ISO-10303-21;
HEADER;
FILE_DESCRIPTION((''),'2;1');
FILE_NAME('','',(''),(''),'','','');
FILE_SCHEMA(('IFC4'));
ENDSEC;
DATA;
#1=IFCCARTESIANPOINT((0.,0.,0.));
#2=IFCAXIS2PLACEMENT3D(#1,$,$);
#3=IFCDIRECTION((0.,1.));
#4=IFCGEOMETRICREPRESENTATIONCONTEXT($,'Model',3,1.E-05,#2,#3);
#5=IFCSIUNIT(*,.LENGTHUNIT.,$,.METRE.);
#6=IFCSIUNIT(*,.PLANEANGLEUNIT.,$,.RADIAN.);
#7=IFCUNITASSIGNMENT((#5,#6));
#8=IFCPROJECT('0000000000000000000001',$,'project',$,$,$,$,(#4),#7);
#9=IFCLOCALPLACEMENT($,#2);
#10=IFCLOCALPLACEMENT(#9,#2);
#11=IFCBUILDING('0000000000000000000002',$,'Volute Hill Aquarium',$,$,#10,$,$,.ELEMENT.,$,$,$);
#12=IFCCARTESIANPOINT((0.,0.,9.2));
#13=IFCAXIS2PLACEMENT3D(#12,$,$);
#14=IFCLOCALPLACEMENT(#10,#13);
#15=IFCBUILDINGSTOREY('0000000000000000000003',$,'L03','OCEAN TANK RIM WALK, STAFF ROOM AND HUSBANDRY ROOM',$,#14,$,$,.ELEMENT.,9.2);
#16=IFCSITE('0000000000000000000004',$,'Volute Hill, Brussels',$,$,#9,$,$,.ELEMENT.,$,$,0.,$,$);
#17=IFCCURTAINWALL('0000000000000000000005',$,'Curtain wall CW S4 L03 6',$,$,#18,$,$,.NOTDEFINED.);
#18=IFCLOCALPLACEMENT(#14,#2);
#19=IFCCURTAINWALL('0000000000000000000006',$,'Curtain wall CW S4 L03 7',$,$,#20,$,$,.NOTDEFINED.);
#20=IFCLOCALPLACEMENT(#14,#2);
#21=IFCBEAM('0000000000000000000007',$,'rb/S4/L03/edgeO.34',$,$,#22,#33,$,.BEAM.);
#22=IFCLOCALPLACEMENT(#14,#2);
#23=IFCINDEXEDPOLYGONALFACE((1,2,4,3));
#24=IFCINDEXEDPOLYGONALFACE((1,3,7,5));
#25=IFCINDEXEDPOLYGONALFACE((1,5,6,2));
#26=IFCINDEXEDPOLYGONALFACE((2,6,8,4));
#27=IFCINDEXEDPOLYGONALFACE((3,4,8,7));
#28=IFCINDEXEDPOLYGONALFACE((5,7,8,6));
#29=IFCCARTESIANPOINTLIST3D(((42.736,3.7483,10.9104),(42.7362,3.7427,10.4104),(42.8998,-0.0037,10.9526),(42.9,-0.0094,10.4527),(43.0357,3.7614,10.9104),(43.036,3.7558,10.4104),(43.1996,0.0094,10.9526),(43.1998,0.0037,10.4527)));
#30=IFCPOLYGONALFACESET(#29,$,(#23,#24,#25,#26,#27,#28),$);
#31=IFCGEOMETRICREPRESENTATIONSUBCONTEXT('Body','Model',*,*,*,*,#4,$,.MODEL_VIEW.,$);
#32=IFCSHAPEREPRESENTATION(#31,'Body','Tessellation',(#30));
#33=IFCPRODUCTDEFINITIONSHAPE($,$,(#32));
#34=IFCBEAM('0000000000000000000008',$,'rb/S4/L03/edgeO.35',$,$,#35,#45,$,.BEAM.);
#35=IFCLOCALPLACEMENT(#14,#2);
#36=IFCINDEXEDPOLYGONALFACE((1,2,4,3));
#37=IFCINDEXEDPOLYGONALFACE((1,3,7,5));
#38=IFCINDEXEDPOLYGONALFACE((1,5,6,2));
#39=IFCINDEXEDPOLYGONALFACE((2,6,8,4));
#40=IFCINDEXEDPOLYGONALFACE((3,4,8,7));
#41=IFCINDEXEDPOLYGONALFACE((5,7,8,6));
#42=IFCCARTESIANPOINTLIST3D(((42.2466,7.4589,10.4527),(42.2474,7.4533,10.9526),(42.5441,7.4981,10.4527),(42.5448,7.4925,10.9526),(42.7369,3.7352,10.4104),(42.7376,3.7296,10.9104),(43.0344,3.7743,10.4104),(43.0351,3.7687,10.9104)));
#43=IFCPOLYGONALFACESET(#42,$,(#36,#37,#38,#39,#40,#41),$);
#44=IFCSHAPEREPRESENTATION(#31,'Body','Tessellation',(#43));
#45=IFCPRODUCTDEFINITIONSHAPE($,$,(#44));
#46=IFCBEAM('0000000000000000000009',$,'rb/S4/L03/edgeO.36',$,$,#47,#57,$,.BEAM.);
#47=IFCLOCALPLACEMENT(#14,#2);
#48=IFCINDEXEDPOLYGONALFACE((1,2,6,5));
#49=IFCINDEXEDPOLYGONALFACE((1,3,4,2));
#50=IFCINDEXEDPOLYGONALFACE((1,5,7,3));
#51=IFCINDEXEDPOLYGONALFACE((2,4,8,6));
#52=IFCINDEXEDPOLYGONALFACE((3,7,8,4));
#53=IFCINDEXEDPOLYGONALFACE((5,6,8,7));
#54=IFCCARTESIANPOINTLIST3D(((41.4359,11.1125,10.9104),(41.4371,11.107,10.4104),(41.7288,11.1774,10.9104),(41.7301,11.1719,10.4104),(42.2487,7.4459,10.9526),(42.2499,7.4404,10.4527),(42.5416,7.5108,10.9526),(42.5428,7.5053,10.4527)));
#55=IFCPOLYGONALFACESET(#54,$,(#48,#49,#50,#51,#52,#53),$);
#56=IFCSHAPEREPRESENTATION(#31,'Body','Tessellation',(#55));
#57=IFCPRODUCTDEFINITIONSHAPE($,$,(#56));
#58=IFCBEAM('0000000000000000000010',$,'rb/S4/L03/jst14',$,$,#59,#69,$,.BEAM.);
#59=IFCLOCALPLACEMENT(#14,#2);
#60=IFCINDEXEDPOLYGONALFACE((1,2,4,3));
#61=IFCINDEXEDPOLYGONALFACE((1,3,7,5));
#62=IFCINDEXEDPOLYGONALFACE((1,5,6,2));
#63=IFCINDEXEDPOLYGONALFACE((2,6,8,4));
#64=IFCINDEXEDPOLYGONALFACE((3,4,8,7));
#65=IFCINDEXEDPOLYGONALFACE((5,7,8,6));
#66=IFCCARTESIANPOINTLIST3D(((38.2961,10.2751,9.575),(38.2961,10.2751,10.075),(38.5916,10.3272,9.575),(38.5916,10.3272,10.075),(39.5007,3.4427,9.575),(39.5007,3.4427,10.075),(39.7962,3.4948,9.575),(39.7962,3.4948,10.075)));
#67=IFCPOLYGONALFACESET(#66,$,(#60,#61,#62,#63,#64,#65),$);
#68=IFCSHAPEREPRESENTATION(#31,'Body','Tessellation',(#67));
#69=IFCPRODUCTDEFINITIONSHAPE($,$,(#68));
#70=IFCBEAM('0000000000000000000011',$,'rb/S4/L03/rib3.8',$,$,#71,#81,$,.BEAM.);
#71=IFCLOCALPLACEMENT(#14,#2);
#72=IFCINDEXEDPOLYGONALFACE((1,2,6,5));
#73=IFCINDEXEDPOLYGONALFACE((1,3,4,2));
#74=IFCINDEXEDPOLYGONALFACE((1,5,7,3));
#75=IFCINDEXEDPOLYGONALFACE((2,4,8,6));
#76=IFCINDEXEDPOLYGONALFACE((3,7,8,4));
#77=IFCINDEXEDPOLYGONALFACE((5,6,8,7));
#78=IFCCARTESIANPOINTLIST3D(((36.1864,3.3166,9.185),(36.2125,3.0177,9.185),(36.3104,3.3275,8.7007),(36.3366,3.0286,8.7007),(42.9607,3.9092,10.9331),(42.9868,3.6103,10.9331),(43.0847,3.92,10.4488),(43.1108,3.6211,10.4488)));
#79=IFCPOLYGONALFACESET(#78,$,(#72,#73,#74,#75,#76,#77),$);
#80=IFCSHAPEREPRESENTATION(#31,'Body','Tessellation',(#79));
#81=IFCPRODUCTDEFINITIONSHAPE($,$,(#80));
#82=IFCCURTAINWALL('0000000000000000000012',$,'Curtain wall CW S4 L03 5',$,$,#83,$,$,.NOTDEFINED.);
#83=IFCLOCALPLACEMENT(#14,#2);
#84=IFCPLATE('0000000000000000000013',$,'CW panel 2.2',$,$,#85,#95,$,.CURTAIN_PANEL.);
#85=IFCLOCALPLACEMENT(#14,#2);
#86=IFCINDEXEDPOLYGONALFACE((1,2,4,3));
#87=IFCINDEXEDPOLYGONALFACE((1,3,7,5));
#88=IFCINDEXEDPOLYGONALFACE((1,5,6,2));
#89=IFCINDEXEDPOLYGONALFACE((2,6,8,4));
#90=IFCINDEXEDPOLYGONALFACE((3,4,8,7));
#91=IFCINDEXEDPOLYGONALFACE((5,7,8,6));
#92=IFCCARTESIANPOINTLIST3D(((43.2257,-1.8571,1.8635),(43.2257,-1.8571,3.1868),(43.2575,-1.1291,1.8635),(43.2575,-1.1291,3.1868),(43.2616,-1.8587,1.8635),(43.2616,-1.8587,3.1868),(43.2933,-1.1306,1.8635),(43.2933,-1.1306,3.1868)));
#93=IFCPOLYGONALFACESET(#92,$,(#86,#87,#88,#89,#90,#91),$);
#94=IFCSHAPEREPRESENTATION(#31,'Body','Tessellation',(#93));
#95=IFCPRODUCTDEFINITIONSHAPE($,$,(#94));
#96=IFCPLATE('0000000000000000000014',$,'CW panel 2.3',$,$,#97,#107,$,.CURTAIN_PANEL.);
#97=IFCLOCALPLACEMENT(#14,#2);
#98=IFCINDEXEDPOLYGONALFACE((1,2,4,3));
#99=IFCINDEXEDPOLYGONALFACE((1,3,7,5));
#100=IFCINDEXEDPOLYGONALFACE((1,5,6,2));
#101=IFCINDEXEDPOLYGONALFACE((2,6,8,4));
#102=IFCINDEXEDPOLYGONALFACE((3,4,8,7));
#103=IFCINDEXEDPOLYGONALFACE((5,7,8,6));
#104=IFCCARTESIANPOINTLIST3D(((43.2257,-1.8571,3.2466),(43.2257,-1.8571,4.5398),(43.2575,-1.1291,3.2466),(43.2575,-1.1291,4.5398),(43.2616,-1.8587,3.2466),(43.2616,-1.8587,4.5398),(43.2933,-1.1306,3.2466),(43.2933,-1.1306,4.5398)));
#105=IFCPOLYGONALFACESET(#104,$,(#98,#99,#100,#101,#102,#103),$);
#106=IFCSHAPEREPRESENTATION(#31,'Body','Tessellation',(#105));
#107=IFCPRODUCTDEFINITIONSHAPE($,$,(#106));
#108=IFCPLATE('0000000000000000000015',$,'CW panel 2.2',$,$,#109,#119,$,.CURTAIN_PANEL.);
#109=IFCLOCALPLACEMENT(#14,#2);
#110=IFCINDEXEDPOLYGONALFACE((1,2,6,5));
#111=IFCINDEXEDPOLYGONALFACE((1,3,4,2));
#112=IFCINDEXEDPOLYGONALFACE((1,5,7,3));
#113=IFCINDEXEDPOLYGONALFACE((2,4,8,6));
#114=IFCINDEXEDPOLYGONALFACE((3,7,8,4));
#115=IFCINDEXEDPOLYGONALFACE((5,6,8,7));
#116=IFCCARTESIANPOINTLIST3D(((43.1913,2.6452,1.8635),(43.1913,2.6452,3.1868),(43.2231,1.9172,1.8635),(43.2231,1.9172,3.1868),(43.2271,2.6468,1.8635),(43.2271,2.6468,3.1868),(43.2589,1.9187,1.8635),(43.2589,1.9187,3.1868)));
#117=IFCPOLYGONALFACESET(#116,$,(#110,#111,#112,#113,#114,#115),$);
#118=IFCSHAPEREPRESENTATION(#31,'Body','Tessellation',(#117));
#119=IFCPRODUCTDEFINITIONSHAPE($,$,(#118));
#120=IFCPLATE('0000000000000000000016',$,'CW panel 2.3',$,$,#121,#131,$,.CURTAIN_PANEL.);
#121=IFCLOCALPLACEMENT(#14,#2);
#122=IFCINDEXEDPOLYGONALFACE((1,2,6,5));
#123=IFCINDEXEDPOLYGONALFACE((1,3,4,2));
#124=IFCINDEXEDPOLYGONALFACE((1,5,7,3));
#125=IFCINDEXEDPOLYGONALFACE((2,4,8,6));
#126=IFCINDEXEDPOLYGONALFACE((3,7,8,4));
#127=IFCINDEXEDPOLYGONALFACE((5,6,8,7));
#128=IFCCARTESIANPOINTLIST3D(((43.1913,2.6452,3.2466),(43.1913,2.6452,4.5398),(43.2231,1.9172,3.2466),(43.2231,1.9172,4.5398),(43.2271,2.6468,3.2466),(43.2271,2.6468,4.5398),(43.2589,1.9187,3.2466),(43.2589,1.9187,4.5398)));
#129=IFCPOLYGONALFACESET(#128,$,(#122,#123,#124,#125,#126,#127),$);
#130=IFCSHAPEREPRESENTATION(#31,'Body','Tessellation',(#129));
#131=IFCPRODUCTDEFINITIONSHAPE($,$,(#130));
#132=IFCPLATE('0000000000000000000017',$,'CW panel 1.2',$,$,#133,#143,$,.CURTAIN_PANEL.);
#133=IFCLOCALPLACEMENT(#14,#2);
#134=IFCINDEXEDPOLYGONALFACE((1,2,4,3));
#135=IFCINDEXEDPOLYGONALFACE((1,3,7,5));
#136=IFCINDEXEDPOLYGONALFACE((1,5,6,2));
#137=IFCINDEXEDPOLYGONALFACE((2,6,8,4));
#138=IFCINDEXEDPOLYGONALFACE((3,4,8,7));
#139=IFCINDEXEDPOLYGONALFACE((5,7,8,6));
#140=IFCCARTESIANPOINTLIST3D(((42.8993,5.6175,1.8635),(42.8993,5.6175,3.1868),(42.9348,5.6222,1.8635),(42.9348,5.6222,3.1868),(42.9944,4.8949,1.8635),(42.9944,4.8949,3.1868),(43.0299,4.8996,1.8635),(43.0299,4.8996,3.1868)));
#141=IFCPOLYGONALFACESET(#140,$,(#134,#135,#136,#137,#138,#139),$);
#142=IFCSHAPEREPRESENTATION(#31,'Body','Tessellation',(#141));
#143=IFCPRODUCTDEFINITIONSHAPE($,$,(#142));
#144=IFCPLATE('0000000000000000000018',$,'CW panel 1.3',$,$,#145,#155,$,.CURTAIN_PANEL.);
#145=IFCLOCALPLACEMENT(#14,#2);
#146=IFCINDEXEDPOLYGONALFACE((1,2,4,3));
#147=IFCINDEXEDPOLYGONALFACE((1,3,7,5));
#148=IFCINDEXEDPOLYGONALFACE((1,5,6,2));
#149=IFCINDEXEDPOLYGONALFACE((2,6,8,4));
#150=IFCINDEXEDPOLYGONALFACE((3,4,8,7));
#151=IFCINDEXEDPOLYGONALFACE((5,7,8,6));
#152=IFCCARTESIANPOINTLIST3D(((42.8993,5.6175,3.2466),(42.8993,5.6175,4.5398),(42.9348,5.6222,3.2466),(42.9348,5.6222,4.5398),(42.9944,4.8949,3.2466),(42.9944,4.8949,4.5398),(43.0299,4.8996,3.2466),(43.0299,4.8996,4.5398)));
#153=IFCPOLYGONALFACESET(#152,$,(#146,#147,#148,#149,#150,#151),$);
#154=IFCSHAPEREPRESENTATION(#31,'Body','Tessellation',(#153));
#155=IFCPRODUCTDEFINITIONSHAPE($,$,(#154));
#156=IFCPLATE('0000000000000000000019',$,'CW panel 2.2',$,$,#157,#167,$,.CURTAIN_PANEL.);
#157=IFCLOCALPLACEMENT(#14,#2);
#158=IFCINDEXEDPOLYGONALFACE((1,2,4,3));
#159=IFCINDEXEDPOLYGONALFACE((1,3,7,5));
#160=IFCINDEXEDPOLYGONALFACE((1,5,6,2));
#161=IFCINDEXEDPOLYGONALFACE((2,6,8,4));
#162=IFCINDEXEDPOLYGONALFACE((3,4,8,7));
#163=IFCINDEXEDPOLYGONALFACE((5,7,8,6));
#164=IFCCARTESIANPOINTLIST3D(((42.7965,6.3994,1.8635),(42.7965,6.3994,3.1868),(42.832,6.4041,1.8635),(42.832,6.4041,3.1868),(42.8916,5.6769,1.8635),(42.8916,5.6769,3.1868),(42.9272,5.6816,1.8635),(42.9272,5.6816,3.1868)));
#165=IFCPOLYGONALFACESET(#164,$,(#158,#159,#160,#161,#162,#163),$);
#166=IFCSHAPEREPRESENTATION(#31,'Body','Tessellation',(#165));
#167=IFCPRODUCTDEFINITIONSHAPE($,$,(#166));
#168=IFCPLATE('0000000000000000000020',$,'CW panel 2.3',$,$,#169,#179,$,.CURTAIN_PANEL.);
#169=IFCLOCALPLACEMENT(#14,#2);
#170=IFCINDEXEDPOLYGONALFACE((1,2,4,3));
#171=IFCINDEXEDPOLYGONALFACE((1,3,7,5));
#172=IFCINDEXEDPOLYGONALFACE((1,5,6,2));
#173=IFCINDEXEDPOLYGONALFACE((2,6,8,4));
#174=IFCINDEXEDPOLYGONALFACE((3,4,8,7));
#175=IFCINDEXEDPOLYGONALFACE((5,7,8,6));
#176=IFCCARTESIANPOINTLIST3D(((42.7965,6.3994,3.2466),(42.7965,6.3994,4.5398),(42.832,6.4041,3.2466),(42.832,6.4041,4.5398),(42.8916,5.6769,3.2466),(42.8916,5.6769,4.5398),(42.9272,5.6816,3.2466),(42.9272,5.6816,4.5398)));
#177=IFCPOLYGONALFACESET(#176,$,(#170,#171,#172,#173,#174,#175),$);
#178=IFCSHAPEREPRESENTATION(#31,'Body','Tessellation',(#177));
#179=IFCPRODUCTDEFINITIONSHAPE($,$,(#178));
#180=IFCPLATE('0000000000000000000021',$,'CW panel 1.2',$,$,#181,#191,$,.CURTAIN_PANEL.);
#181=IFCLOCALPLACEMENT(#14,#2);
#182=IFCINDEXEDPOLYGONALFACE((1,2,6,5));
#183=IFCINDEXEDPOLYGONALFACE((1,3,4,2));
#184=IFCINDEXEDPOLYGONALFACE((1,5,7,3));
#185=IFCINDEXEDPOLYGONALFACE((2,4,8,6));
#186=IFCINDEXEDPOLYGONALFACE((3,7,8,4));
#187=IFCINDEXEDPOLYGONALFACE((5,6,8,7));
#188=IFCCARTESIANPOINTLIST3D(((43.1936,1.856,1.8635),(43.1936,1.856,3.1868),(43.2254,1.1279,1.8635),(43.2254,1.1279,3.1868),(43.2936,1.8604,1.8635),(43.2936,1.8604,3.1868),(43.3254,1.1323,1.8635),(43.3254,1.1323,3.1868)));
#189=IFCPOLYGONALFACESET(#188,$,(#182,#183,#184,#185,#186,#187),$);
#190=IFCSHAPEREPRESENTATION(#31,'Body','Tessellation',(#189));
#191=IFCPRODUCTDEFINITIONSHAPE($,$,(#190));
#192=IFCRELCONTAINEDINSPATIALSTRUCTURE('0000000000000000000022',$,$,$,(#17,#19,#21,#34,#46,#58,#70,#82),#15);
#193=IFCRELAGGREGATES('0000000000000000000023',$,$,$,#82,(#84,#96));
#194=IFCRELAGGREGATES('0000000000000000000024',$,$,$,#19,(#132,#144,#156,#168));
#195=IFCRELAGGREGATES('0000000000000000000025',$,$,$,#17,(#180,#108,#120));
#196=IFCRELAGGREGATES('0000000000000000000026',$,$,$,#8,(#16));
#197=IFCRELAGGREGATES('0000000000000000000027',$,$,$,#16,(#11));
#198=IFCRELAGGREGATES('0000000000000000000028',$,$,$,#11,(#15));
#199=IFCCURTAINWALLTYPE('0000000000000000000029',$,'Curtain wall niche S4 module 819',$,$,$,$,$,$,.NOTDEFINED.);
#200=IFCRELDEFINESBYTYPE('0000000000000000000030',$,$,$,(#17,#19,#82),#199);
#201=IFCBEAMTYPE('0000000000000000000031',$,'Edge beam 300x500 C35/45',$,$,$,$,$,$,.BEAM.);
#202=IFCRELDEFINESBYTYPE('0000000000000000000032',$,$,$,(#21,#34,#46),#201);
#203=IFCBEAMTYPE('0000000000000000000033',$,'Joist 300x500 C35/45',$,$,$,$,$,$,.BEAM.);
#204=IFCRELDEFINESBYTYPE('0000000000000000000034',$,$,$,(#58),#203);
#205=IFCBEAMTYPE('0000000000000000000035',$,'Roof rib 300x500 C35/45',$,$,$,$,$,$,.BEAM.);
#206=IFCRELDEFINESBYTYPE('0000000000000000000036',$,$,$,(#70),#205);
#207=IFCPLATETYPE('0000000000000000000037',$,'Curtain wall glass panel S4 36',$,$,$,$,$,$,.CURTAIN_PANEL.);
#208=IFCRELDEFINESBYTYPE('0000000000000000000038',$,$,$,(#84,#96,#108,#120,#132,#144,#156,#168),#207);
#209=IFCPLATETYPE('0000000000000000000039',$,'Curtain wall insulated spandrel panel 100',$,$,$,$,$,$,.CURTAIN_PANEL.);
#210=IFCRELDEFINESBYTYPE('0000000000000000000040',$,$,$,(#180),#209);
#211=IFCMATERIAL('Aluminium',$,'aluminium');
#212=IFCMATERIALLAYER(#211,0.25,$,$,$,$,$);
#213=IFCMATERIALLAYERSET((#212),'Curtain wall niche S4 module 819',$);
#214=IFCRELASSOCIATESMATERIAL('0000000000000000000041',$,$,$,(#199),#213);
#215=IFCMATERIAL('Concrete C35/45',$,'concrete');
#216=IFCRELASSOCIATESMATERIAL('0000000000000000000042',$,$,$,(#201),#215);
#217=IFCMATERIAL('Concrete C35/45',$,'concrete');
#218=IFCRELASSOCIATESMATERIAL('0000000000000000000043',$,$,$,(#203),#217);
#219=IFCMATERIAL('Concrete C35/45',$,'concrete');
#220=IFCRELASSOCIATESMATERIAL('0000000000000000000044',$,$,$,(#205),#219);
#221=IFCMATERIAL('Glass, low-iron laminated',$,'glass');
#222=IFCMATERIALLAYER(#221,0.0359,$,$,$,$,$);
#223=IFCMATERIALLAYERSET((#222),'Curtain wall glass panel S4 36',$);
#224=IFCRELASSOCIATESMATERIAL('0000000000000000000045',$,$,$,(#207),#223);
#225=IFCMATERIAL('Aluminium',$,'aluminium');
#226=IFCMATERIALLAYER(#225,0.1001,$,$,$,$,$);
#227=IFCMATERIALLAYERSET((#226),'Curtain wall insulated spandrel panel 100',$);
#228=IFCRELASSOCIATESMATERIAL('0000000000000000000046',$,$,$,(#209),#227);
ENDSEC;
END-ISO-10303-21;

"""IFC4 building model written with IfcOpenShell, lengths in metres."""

from ifc_helpers import new_model, si_unit, direction, frame, origin, origin_2d, place, context, subcontext, project, spatial, rectangle, extrude, material, layer, layer_set, material_profile, profile_set, type_object, element, aggregate, save


model = new_model("IFC4")

# Units and contexts
model_context = context("Model", 3, precision=1e-05, world=origin(), true_north=direction((0.0, 1.0)))
body_context = subcontext(model_context, "Body", "Model", "MODEL_VIEW")
ifc_project = project(units=[si_unit("LENGTHUNIT", "METRE"), si_unit("PLANEANGLEUNIT", "RADIAN")], contexts=[model_context])

# Site, building, storey
site_placement = place(None, origin())
site = spatial("IfcSite", under=ifc_project, at=site_placement, Name="Volute Hill, Brussels", CompositionType="ELEMENT", RefElevation=0.0)
building_placement = place(site_placement, origin())
building = spatial("IfcBuilding", under=site, at=building_placement, Name="Volute Hill Aquarium", CompositionType="ELEMENT")
storey_placement = place(building_placement, frame((0.0, 0.0, 9.2)))
storey = spatial("IfcBuildingStorey", under=building, at=storey_placement, Name="L03", Description="OCEAN TANK RIM WALK, STAFF ROOM AND HUSBANDRY ROOM", CompositionType="ELEMENT", Elevation=9.2)

# Curtain walls
ifc_material_1 = material(Name="Aluminium", Category="aluminium")
ifc_layer_1 = layer(ifc_material_1, 0.25)
ifc_layer_set_1 = layer_set([ifc_layer_1], Name="Curtain wall niche S4 module 819")
curtain_wall_type = type_object("IfcCurtainWallType", Name="Curtain wall niche S4 module 819", PredefinedType="NOTDEFINED", material=ifc_layer_set_1)
curtain_wall_1_placement = place(storey_placement, origin())
curtain_wall_1 = element("IfcCurtainWall", 1, at=curtain_wall_1_placement, inside=storey, type_object=curtain_wall_type, Name="Curtain wall CW S4 L03 6", PredefinedType="NOTDEFINED")
curtain_wall_2_placement = place(storey_placement, origin())
curtain_wall_2 = element("IfcCurtainWall", 2, at=curtain_wall_2_placement, inside=storey, type_object=curtain_wall_type, Name="Curtain wall CW S4 L03 7", PredefinedType="NOTDEFINED")

# Beams
ifc_material_2 = material(Name="Concrete C35/45", Category="concrete")
ifc_material_profile_1 = material_profile(ifc_material_2, rectangle(XDim=0.3, YDim=0.5, at=origin_2d()), Name="RC edge beam 300x500")
ifc_profile_set_1 = profile_set([ifc_material_profile_1], Name="Concrete C35/45")
beam_type_1 = type_object("IfcBeamType", Name="Edge beam 300x500 C35/45", PredefinedType="BEAM", material=ifc_profile_set_1)
beam_1_placement = place(storey_placement, frame((43.0498, 0.0, 10.7026), z_axis=(-0.043618, 0.998985, -0.011246), x_axis=(-0.999048, -0.043621, 0.0)))
element("IfcBeam", 3, at=beam_1_placement, inside=storey, type_object=beam_type_1, Name="rb/S4/L03/edgeO.34", PredefinedType="BEAM", context=body_context, shape_type="SweptSolid", body=[
    extrude(rectangle(XDim=0.3, YDim=0.5, at=origin_2d()), origin(), (0.0, 0.0, 1.0), 3.7559),
])
beam_2_placement = place(storey_placement, frame((42.886, 3.752, 10.6604), z_axis=(-0.13052, 0.991382, 0.011245), x_axis=(-0.991445, -0.130528, 0.0)))
element("IfcBeam", 4, at=beam_2_placement, inside=storey, type_object=beam_type_1, Name="rb/S4/L03/edgeO.35", PredefinedType="BEAM", context=body_context, shape_type="SweptSolid", body=[
    extrude(rectangle(XDim=0.3, YDim=0.5, at=origin_2d()), origin(), (0.0, 0.0, 1.0), 3.7561),
])
beam_3_placement = place(storey_placement, frame((42.3958, 7.4756, 10.7026), z_axis=(-0.2164, 0.97624, -0.011246), x_axis=(-0.976302, -0.216414, 0.0)))
element("IfcBeam", 5, at=beam_3_placement, inside=storey, type_object=beam_type_1, Name="rb/S4/L03/edgeO.36", PredefinedType="BEAM", context=body_context, shape_type="SweptSolid", body=[
    extrude(rectangle(XDim=0.3, YDim=0.5, at=origin_2d()), origin(), (0.0, 0.0, 1.0), 3.7559),
])
ifc_material_3 = material(Name="Concrete C35/45", Category="concrete")
ifc_material_profile_2 = material_profile(ifc_material_3, rectangle(XDim=0.3, YDim=0.5, at=origin_2d()), Name="RC joist 300x500")
ifc_profile_set_2 = profile_set([ifc_material_profile_2], Name="Concrete C35/45")
beam_type_2 = type_object("IfcBeamType", Name="Joist 300x500 C35/45", PredefinedType="BEAM", material=ifc_profile_set_2)
beam_4_placement = place(storey_placement, frame((39.6484, 3.4688, 9.825), z_axis=(-0.173631, 0.984811, 0.0), x_axis=(-0.984811, -0.173631, 0.0)))
element("IfcBeam", 6, at=beam_4_placement, inside=storey, type_object=beam_type_2, Name="rb/S4/L03/jst14", PredefinedType="BEAM", context=body_context, shape_type="SweptSolid", body=[
    extrude(rectangle(XDim=0.3, YDim=0.5, at=origin_2d()), origin(), (0.0, 0.0, 1.0), 6.9377),
])
ifc_material_4 = material(Name="Concrete C35/45", Category="concrete")
ifc_material_profile_3 = material_profile(ifc_material_4, rectangle(XDim=0.3, YDim=0.5, at=origin_2d()), Name="RC rib 300x500")
ifc_profile_set_3 = profile_set([ifc_material_profile_3], Name="Concrete C35/45")
beam_type_3 = type_object("IfcBeamType", Name="Roof rib 300x500 C35/45", PredefinedType="BEAM", material=ifc_profile_set_3)
beam_5_placement = place(storey_placement, frame((36.2615, 3.1726, 8.9429), z_axis=(0.964827, 0.084392, 0.24897), x_axis=(-0.087136, 0.996196, 0.0)))
element("IfcBeam", 7, at=beam_5_placement, inside=storey, type_object=beam_type_3, Name="rb/S4/L03/rib3.8", PredefinedType="BEAM", context=body_context, shape_type="SweptSolid", body=[
    extrude(rectangle(XDim=0.3, YDim=0.5, at=origin_2d()), origin(), (0.0, 0.0, 1.0), 7.0212),
])

# Curtain wall, plates
curtain_wall_3_placement = place(storey_placement, origin())
curtain_wall_3 = element("IfcCurtainWall", 8, at=curtain_wall_3_placement, inside=storey, type_object=curtain_wall_type, Name="Curtain wall CW S4 L03 5", PredefinedType="NOTDEFINED")
ifc_material_5 = material(Name="Glass, low-iron laminated", Category="glass")
ifc_layer_2 = layer(ifc_material_5, 0.0359)
ifc_layer_set_2 = layer_set([ifc_layer_2], Name="Curtain wall glass panel S4 36")
plate_type_1 = type_object("IfcPlateType", Name="Curtain wall glass panel S4 36", PredefinedType="CURTAIN_PANEL", material=ifc_layer_set_2)
plate_1_placement = place(storey_placement, frame((43.2595, -1.4939, 1.8635), z_axis=(0.0, 0.0, 1.0), x_axis=(0.043617, 0.999048, 0.0)))
plate_1 = element("IfcPlate", 9, at=plate_1_placement, type_object=plate_type_1, Name="CW panel 2.2", PredefinedType="CURTAIN_PANEL", context=body_context, shape_type="SweptSolid", body=[
    extrude(rectangle(XDim=0.7288, YDim=0.0359, at=origin_2d()), origin(), (0.0, 0.0, 1.0), 1.3232),
])
plate_2_placement = place(storey_placement, frame((43.2595, -1.4939, 3.2466), z_axis=(0.0, 0.0, 1.0), x_axis=(0.043617, 0.999048, 0.0)))
plate_2 = element("IfcPlate", 10, at=plate_2_placement, type_object=plate_type_1, Name="CW panel 2.3", PredefinedType="CURTAIN_PANEL", context=body_context, shape_type="SweptSolid", body=[
    extrude(rectangle(XDim=0.7288, YDim=0.0359, at=origin_2d()), origin(), (0.0, 0.0, 1.0), 1.2932),
])
aggregate(curtain_wall_3, [plate_1, plate_2])

# Plates
plate_3_placement = place(storey_placement, frame((43.2251, 2.282, 1.8635), z_axis=(0.0, 0.0, 1.0), x_axis=(-0.043623, 0.999048, 0.0)))
plate_3 = element("IfcPlate", 11, at=plate_3_placement, type_object=plate_type_1, Name="CW panel 2.2", PredefinedType="CURTAIN_PANEL", context=body_context, shape_type="SweptSolid", body=[
    extrude(rectangle(XDim=0.7288, YDim=0.0359, at=origin_2d()), origin(), (0.0, 0.0, 1.0), 1.3232),
])
plate_4_placement = place(storey_placement, frame((43.2251, 2.282, 3.2466), z_axis=(0.0, 0.0, 1.0), x_axis=(-0.043623, 0.999048, 0.0)))
plate_4 = element("IfcPlate", 12, at=plate_4_placement, type_object=plate_type_1, Name="CW panel 2.3", PredefinedType="CURTAIN_PANEL", context=body_context, shape_type="SweptSolid", body=[
    extrude(rectangle(XDim=0.7288, YDim=0.0359, at=origin_2d()), origin(), (0.0, 0.0, 1.0), 1.2932),
])
plate_5_placement = place(storey_placement, frame((42.9646, 5.2585, 1.8635), z_axis=(0.0, 0.0, 1.0), x_axis=(-0.130516, 0.991446, 0.0)))
plate_5 = element("IfcPlate", 13, at=plate_5_placement, type_object=plate_type_1, Name="CW panel 1.2", PredefinedType="CURTAIN_PANEL", context=body_context, shape_type="SweptSolid", body=[
    extrude(rectangle(XDim=0.7288, YDim=0.0359, at=origin_2d()), origin(), (0.0, 0.0, 1.0), 1.3232),
])
plate_6_placement = place(storey_placement, frame((42.9646, 5.2585, 3.2466), z_axis=(0.0, 0.0, 1.0), x_axis=(-0.130516, 0.991446, 0.0)))
plate_6 = element("IfcPlate", 14, at=plate_6_placement, type_object=plate_type_1, Name="CW panel 1.3", PredefinedType="CURTAIN_PANEL", context=body_context, shape_type="SweptSolid", body=[
    extrude(rectangle(XDim=0.7288, YDim=0.0359, at=origin_2d()), origin(), (0.0, 0.0, 1.0), 1.2932),
])
plate_7_placement = place(storey_placement, frame((42.8618, 6.0405, 1.8635), z_axis=(0.0, 0.0, 1.0), x_axis=(-0.130516, 0.991446, 0.0)))
plate_7 = element("IfcPlate", 15, at=plate_7_placement, type_object=plate_type_1, Name="CW panel 2.2", PredefinedType="CURTAIN_PANEL", context=body_context, shape_type="SweptSolid", body=[
    extrude(rectangle(XDim=0.7288, YDim=0.0359, at=origin_2d()), origin(), (0.0, 0.0, 1.0), 1.3232),
])
plate_8_placement = place(storey_placement, frame((42.8618, 6.0405, 3.2466), z_axis=(0.0, 0.0, 1.0), x_axis=(-0.130516, 0.991446, 0.0)))
plate_8 = element("IfcPlate", 16, at=plate_8_placement, type_object=plate_type_1, Name="CW panel 2.3", PredefinedType="CURTAIN_PANEL", context=body_context, shape_type="SweptSolid", body=[
    extrude(rectangle(XDim=0.7288, YDim=0.0359, at=origin_2d()), origin(), (0.0, 0.0, 1.0), 1.2932),
])
aggregate(curtain_wall_2, [plate_5, plate_6, plate_7, plate_8])
ifc_material_6 = material(Name="Aluminium", Category="aluminium")
ifc_layer_3 = layer(ifc_material_6, 0.1001)
ifc_layer_set_3 = layer_set([ifc_layer_3], Name="Curtain wall insulated spandrel panel 100")
plate_type_2 = type_object("IfcPlateType", Name="Curtain wall insulated spandrel panel 100", PredefinedType="CURTAIN_PANEL", material=ifc_layer_set_3)
plate_9_placement = place(storey_placement, frame((43.2595, 1.4941, 1.8635), z_axis=(0.0, 0.0, 1.0), x_axis=(-0.043623, 0.999048, 0.0)))
plate_9 = element("IfcPlate", 17, at=plate_9_placement, type_object=plate_type_2, Name="CW panel 1.2", PredefinedType="CURTAIN_PANEL", context=body_context, shape_type="SweptSolid", body=[
    extrude(rectangle(XDim=0.7288, YDim=0.1001, at=origin_2d()), origin(), (0.0, 0.0, 1.0), 1.3232),
])
aggregate(curtain_wall_1, [plate_9, plate_3, plate_4])

save(model, "model.ifc")
